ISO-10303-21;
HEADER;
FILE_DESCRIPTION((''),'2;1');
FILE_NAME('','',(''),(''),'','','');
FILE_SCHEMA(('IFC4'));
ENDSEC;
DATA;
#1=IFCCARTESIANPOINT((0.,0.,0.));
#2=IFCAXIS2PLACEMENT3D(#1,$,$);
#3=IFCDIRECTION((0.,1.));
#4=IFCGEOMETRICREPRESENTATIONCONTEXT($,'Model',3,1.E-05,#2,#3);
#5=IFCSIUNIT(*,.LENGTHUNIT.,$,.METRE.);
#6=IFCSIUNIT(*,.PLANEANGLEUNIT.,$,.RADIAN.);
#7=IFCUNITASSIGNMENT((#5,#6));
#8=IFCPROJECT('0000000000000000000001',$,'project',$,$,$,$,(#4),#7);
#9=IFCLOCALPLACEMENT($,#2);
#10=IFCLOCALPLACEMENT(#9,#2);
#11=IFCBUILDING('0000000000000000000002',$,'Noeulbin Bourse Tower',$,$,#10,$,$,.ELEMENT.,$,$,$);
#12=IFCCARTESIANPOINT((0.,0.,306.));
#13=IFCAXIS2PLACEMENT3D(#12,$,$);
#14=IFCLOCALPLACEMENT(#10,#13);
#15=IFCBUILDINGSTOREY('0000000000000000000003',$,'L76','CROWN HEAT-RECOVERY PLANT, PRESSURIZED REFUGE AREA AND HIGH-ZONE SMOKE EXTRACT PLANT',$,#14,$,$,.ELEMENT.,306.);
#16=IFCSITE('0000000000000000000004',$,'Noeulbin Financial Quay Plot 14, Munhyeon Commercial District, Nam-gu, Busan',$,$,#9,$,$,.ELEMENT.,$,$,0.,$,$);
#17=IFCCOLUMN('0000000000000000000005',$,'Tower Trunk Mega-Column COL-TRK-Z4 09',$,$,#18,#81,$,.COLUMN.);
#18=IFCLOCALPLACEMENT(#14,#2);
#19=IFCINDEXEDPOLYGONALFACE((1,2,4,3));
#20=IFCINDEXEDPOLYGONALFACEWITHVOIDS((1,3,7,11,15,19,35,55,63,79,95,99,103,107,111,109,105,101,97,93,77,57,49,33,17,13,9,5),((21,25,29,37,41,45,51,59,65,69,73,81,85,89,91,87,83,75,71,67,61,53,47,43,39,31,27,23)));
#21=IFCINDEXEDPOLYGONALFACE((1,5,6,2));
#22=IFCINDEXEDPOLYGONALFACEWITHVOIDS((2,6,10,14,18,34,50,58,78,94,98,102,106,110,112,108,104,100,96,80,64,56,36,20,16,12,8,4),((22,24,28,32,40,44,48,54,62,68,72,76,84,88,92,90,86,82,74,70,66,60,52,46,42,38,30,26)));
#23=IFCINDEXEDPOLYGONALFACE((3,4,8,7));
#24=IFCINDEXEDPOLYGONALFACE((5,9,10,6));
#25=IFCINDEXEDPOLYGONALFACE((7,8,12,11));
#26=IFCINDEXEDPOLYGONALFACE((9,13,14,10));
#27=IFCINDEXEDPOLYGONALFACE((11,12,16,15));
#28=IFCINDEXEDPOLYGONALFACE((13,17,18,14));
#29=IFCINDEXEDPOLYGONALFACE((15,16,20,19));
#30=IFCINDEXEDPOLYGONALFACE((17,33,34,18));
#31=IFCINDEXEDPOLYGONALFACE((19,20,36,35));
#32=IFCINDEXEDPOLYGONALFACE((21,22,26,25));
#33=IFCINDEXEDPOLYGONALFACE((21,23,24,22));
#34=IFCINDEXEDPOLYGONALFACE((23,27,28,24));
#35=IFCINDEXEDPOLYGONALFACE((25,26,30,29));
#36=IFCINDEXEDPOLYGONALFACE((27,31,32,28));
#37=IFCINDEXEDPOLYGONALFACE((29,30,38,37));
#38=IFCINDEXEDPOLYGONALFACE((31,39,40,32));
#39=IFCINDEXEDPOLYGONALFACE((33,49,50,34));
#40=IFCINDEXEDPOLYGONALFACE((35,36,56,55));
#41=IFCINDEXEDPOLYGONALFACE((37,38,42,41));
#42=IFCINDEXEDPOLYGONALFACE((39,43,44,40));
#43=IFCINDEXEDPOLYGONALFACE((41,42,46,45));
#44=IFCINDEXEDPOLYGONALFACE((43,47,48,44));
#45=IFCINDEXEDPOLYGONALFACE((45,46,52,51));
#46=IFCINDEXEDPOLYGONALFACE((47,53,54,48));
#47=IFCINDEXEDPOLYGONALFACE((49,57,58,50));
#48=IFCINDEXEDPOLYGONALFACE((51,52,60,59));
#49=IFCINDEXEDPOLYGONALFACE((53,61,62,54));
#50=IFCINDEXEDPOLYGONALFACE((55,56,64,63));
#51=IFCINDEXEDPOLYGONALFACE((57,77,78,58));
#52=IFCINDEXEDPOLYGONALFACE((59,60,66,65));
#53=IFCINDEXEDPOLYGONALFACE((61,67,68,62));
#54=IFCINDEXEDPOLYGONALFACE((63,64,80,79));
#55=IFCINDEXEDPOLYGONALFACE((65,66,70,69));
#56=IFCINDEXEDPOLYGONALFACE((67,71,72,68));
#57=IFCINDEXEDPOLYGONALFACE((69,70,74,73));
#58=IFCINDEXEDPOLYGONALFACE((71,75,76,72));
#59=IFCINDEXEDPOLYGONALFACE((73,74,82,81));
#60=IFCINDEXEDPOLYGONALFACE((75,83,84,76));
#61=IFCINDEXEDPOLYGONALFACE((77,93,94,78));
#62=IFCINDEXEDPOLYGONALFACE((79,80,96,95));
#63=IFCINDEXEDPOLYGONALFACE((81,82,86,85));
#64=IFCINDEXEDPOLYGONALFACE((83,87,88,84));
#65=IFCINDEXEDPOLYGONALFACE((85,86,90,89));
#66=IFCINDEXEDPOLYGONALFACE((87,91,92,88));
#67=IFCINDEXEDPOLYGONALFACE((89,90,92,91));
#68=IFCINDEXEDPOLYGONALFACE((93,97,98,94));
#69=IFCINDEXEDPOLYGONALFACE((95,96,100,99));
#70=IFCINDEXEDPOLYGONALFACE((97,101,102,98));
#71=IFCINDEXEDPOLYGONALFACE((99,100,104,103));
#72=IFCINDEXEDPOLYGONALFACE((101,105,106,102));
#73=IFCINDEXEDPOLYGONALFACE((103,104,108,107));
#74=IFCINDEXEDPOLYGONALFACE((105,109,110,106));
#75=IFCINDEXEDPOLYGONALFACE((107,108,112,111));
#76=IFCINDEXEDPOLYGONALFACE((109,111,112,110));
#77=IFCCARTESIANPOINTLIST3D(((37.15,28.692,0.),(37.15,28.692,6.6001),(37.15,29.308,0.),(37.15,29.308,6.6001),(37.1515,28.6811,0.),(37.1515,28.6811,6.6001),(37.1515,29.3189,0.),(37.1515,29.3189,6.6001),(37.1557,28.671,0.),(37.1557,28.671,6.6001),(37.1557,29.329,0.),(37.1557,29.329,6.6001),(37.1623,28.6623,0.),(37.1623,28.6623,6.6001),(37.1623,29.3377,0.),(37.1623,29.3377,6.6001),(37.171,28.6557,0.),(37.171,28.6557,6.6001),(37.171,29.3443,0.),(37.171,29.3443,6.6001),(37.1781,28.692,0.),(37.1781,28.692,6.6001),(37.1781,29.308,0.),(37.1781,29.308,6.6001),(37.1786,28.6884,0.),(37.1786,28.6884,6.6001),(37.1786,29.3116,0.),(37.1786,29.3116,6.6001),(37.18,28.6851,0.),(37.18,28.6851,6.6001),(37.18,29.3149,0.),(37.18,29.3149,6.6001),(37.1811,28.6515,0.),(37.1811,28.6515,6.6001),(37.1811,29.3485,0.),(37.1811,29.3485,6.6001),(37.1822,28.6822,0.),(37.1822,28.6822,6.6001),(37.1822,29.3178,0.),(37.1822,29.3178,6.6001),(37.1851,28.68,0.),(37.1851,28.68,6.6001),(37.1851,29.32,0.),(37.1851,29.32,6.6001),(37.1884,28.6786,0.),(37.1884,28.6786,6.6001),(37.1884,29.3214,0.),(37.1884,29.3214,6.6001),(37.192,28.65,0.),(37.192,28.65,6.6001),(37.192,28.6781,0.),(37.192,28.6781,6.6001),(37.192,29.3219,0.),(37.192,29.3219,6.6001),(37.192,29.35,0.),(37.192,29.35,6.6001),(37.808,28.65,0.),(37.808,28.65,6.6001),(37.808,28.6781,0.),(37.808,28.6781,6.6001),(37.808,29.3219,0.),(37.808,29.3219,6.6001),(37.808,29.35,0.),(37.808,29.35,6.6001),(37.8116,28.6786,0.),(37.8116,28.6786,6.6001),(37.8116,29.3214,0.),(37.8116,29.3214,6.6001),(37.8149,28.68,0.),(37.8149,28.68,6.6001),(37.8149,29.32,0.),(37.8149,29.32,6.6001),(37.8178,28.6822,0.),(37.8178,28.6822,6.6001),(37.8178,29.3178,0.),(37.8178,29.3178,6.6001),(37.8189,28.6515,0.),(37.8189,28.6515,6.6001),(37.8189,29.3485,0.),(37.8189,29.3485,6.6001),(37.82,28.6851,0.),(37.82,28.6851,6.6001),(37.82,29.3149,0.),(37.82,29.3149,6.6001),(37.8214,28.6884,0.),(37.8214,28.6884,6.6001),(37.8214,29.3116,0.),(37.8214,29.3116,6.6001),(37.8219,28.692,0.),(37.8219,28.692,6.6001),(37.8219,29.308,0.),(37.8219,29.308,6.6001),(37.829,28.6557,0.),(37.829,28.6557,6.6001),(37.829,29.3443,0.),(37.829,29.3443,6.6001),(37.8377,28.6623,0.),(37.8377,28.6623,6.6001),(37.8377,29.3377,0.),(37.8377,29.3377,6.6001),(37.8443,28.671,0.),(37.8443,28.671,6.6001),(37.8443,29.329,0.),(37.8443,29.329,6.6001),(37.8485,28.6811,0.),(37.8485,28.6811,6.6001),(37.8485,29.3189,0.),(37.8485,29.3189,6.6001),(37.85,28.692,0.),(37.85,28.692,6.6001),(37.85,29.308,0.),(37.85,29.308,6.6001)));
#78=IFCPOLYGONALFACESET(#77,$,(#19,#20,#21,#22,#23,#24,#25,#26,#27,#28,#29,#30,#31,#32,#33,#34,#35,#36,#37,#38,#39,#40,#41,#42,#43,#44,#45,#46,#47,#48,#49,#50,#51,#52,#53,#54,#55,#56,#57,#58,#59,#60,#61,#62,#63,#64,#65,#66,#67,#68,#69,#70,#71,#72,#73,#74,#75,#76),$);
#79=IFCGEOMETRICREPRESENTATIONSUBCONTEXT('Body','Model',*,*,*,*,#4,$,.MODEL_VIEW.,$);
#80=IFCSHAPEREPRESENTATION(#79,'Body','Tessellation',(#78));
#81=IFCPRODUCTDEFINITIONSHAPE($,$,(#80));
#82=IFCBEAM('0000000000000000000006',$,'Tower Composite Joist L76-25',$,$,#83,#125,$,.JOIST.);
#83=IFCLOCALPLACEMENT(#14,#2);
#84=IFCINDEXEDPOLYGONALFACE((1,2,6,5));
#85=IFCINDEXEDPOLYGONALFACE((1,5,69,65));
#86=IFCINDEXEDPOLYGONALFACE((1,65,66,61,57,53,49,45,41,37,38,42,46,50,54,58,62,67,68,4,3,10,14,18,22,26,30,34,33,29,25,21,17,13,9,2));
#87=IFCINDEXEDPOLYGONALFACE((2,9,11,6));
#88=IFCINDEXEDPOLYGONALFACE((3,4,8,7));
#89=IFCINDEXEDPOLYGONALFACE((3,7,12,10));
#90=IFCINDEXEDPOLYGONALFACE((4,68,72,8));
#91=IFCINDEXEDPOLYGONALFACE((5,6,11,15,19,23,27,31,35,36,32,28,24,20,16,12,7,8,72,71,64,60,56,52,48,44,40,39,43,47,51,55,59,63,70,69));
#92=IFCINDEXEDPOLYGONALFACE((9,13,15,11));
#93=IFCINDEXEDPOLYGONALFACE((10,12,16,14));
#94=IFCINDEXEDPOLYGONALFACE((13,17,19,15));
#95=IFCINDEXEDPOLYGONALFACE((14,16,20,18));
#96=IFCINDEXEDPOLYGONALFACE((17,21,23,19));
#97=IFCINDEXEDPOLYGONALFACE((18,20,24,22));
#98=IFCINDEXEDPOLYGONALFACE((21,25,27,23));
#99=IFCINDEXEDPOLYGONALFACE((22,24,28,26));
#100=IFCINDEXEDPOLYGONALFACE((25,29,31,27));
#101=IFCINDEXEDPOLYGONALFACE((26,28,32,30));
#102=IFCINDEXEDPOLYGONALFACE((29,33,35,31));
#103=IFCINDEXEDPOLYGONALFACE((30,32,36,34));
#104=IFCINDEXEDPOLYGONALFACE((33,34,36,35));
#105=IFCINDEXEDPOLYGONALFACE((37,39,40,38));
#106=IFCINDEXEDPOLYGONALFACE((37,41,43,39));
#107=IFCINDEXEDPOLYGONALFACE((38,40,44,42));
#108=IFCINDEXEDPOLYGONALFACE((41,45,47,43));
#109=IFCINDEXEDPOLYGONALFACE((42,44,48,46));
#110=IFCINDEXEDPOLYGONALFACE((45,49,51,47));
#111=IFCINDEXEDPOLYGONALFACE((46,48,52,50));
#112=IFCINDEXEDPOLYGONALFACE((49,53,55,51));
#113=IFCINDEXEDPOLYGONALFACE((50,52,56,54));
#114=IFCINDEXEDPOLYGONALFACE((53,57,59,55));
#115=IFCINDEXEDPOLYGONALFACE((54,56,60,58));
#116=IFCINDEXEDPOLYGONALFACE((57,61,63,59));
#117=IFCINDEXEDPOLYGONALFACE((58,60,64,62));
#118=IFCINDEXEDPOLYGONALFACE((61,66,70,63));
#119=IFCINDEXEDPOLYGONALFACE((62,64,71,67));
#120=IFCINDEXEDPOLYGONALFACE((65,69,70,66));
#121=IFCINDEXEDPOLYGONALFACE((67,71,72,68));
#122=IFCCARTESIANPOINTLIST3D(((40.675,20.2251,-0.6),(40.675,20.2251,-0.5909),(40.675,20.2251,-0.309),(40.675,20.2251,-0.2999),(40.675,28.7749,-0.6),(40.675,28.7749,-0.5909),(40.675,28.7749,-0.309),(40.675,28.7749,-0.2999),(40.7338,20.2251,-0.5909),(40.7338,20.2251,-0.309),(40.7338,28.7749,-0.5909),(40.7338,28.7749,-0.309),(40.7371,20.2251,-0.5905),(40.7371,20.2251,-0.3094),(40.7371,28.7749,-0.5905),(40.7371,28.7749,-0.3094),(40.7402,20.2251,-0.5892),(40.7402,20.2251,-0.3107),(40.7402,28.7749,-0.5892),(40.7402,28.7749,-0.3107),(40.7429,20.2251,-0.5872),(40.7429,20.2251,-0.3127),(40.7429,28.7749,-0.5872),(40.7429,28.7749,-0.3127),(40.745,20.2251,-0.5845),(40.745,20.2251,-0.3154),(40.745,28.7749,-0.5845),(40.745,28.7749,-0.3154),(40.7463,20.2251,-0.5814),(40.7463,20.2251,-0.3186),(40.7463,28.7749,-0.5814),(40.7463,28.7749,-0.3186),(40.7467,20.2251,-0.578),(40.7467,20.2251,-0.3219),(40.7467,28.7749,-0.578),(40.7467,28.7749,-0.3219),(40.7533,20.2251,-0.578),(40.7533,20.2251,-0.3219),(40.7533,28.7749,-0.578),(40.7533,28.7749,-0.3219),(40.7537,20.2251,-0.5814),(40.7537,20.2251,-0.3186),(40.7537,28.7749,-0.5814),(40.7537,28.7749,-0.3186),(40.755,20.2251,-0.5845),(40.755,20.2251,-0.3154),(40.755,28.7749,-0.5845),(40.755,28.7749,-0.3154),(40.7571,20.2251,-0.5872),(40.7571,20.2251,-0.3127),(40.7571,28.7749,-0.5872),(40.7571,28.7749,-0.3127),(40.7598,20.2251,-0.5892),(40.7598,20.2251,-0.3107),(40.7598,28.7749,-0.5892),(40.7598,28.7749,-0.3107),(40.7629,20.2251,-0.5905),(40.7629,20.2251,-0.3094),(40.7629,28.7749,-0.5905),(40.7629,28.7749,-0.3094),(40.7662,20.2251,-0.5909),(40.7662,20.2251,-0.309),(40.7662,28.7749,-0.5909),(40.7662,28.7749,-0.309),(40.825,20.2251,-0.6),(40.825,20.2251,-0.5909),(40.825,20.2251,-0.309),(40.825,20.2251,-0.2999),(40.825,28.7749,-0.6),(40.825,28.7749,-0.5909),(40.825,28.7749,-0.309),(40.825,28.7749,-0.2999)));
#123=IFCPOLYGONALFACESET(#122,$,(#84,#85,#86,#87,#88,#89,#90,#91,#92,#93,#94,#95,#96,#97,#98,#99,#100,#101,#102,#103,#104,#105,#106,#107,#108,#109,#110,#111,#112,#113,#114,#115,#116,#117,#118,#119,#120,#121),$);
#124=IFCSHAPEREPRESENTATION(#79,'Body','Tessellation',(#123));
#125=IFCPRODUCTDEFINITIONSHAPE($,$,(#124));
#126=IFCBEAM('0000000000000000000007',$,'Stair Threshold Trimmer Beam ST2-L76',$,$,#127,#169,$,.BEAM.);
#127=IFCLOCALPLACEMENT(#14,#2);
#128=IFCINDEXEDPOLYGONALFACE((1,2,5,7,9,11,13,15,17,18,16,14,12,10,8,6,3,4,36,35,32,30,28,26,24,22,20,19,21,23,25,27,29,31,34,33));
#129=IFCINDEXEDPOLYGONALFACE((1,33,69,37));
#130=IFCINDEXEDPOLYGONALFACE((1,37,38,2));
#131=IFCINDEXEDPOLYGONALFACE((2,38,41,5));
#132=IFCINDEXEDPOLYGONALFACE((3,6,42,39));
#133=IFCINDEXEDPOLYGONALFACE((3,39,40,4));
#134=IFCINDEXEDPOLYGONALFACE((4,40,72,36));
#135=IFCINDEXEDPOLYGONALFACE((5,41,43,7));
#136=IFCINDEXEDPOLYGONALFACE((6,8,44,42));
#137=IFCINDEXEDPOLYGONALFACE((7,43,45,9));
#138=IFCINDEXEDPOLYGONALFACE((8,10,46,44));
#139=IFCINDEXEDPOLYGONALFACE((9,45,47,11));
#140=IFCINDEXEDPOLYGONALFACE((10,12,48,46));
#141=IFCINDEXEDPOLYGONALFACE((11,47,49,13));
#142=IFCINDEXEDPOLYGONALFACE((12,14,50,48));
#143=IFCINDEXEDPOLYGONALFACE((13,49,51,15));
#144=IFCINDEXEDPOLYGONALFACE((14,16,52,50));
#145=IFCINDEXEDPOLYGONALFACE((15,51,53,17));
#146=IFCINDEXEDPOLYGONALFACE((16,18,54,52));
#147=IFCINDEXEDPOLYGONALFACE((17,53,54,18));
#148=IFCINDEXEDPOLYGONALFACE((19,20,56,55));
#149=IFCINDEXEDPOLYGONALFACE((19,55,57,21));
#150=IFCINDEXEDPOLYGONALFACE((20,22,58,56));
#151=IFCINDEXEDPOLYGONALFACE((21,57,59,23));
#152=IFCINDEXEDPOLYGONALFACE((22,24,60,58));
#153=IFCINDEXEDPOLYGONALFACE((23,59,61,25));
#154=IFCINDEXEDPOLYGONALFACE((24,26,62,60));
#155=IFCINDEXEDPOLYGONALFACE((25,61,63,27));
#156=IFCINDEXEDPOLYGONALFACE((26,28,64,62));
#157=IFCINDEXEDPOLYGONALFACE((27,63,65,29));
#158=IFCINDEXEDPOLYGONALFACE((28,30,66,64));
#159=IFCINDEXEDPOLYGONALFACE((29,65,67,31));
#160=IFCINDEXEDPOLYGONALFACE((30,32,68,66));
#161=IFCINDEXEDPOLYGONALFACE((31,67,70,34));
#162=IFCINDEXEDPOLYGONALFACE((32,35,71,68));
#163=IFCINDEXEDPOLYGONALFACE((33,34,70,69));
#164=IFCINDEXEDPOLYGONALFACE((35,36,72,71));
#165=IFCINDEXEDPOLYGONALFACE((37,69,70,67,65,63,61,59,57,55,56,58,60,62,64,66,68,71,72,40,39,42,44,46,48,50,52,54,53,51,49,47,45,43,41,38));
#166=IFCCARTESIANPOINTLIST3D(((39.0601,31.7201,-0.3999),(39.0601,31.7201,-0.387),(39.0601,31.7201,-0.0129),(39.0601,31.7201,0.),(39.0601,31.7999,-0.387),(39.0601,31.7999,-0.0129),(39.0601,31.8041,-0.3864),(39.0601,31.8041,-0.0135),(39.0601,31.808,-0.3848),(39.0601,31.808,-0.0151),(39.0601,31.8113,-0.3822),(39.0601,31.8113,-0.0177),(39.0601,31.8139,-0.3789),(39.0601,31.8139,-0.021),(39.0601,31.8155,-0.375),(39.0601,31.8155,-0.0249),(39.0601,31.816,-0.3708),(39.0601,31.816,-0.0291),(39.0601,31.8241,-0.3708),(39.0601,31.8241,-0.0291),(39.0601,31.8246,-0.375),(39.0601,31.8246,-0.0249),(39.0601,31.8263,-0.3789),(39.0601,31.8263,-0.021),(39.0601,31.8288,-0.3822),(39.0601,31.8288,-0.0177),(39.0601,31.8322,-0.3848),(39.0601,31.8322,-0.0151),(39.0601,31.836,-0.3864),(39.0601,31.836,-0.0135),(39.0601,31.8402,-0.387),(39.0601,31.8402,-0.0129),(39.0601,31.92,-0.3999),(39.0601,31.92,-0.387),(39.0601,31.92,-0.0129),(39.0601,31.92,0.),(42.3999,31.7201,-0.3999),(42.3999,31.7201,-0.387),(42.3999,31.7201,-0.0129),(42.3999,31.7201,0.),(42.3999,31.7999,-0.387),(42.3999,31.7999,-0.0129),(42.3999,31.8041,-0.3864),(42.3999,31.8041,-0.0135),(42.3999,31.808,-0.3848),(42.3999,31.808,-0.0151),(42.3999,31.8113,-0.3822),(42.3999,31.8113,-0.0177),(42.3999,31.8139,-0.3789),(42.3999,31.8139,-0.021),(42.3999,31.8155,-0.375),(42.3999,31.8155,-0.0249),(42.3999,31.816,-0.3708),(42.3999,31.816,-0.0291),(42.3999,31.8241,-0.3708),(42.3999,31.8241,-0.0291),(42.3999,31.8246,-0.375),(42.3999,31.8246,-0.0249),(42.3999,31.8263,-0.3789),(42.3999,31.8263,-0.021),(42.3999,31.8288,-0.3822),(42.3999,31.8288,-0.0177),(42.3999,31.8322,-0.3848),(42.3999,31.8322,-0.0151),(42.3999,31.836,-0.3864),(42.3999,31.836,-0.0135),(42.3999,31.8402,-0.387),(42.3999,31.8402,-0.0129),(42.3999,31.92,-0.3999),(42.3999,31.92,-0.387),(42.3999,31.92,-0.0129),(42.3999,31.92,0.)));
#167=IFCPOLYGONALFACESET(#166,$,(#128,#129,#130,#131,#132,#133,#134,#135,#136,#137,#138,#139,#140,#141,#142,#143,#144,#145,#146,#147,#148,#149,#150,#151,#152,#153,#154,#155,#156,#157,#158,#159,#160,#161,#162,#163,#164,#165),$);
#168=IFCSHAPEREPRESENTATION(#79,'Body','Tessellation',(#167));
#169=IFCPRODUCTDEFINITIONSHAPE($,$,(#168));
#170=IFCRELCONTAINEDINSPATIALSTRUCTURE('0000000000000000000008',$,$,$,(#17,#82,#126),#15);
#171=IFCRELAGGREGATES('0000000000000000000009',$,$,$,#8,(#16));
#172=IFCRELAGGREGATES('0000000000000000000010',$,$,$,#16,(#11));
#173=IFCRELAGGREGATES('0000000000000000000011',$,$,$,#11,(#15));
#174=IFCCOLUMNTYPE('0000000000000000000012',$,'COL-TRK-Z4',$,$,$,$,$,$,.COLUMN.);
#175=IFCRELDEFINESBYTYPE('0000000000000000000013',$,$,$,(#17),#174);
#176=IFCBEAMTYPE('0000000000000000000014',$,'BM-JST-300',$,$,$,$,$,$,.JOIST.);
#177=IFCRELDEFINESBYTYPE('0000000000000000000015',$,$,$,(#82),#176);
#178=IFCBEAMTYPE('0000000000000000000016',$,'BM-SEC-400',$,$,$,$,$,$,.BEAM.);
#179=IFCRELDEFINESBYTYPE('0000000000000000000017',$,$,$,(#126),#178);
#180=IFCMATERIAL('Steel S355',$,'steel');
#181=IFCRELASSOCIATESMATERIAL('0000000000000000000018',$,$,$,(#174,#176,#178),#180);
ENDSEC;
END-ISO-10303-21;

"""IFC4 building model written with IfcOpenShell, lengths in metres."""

from ifc_helpers import new_model, si_unit, direction, frame, origin, origin_2d, place, context, subcontext, project, spatial, hollow_rectangle, i_section, extrude, material, material_profile, profile_set, type_object, element, save


model = new_model("IFC4")

# Units and contexts
model_context = context("Model", 3, precision=1e-05, world=origin(), true_north=direction((0.0, 1.0)))
body_context = subcontext(model_context, "Body", "Model", "MODEL_VIEW")
ifc_project = project(units=[si_unit("LENGTHUNIT", "METRE"), si_unit("PLANEANGLEUNIT", "RADIAN")], contexts=[model_context])

# Site, building, storey
site_placement = place(None, origin())
site = spatial("IfcSite", under=ifc_project, at=site_placement, Name="Noeulbin Financial Quay Plot 14, Munhyeon Commercial District, Nam-gu, Busan", CompositionType="ELEMENT", RefElevation=0.0)
building_placement = place(site_placement, origin())
building = spatial("IfcBuilding", under=site, at=building_placement, Name="Noeulbin Bourse Tower", CompositionType="ELEMENT")
storey_placement = place(building_placement, frame((0.0, 0.0, 306.0)))
storey = spatial("IfcBuildingStorey", under=building, at=storey_placement, Name="L76", Description="CROWN HEAT-RECOVERY PLANT, PRESSURIZED REFUGE AREA AND HIGH-ZONE SMOKE EXTRACT PLANT", CompositionType="ELEMENT", Elevation=306.0)

# Column
ifc_material_1 = material(Name="Steel S355", Category="steel")
ifc_material_profile_1 = material_profile(ifc_material_1, hollow_rectangle(XDim=0.7, YDim=0.7, WallThickness=0.0281, InnerFilletRadius=0.0139, OuterFilletRadius=0.042, at=origin_2d()), Name="BOX-700x700x28", Category="LoadBearing")
ifc_profile_set_1 = profile_set([ifc_material_profile_1], Name="Steel S355")
column_type = type_object("IfcColumnType", Name="COL-TRK-Z4", PredefinedType="COLUMN", material=ifc_profile_set_1)
column_placement = place(storey_placement, frame((37.5, 29.0, 0.0), z_axis=(0.0, 0.0, 1.0), x_axis=(1.0, 0.0, 0.0)))
element("IfcColumn", 1, at=column_placement, inside=storey, type_object=column_type, Name="Tower Trunk Mega-Column COL-TRK-Z4 09", PredefinedType="COLUMN", context=body_context, shape_type="SweptSolid", body=[
    extrude(hollow_rectangle(XDim=0.7, YDim=0.7, WallThickness=0.0281, InnerFilletRadius=0.0139, OuterFilletRadius=0.042, at=origin_2d()), origin(), (0.0, 0.0, 1.0), 6.6001),
])

# Beams
ifc_material_profile_2 = material_profile(ifc_material_1, i_section(OverallWidth=0.1499, OverallDepth=0.3, WebThickness=0.0066, FlangeThickness=0.009, FilletRadius=0.0129, at=origin_2d()), Name="H-300x150x6.5x9", Category="LoadBearing")
ifc_profile_set_2 = profile_set([ifc_material_profile_2], Name="Steel S355")
beam_type_1 = type_object("IfcBeamType", Name="BM-JST-300", PredefinedType="JOIST", material=ifc_profile_set_2)
beam_1_placement = place(storey_placement, frame((40.75, 20.2251, -0.45), z_axis=(0.0, 1.0, 0.0), x_axis=(-1.0, 0.0, 0.0)))
element("IfcBeam", 2, at=beam_1_placement, inside=storey, type_object=beam_type_1, Name="Tower Composite Joist L76-25", PredefinedType="JOIST", context=body_context, shape_type="SweptSolid", body=[
    extrude(i_section(OverallWidth=0.1499, OverallDepth=0.3, WebThickness=0.0066, FlangeThickness=0.009, FilletRadius=0.0129, at=origin_2d()), origin(), (0.0, 0.0, 1.0), 8.5498),
])
ifc_material_profile_3 = material_profile(ifc_material_1, i_section(OverallWidth=0.2, OverallDepth=0.3999, WebThickness=0.0081, FlangeThickness=0.0129, FilletRadius=0.0161, at=origin_2d()), Name="H-400x200x8x13", Category="LoadBearing")
ifc_profile_set_3 = profile_set([ifc_material_profile_3], Name="Steel S355")
beam_type_2 = type_object("IfcBeamType", Name="BM-SEC-400", PredefinedType="BEAM", material=ifc_profile_set_3)
beam_2_placement = place(storey_placement, frame((39.0601, 31.8201, -0.2), z_axis=(1.0, 0.0, 0.0), x_axis=(0.0, 1.0, 0.0)))
element("IfcBeam", 3, at=beam_2_placement, inside=storey, type_object=beam_type_2, Name="Stair Threshold Trimmer Beam ST2-L76", PredefinedType="BEAM", context=body_context, shape_type="SweptSolid", body=[
    extrude(i_section(OverallWidth=0.2, OverallDepth=0.3999, WebThickness=0.0081, FlangeThickness=0.0129, FilletRadius=0.0161, at=origin_2d()), origin(), (0.0, 0.0, 1.0), 3.3398),
])

save(model, "model.ifc")
